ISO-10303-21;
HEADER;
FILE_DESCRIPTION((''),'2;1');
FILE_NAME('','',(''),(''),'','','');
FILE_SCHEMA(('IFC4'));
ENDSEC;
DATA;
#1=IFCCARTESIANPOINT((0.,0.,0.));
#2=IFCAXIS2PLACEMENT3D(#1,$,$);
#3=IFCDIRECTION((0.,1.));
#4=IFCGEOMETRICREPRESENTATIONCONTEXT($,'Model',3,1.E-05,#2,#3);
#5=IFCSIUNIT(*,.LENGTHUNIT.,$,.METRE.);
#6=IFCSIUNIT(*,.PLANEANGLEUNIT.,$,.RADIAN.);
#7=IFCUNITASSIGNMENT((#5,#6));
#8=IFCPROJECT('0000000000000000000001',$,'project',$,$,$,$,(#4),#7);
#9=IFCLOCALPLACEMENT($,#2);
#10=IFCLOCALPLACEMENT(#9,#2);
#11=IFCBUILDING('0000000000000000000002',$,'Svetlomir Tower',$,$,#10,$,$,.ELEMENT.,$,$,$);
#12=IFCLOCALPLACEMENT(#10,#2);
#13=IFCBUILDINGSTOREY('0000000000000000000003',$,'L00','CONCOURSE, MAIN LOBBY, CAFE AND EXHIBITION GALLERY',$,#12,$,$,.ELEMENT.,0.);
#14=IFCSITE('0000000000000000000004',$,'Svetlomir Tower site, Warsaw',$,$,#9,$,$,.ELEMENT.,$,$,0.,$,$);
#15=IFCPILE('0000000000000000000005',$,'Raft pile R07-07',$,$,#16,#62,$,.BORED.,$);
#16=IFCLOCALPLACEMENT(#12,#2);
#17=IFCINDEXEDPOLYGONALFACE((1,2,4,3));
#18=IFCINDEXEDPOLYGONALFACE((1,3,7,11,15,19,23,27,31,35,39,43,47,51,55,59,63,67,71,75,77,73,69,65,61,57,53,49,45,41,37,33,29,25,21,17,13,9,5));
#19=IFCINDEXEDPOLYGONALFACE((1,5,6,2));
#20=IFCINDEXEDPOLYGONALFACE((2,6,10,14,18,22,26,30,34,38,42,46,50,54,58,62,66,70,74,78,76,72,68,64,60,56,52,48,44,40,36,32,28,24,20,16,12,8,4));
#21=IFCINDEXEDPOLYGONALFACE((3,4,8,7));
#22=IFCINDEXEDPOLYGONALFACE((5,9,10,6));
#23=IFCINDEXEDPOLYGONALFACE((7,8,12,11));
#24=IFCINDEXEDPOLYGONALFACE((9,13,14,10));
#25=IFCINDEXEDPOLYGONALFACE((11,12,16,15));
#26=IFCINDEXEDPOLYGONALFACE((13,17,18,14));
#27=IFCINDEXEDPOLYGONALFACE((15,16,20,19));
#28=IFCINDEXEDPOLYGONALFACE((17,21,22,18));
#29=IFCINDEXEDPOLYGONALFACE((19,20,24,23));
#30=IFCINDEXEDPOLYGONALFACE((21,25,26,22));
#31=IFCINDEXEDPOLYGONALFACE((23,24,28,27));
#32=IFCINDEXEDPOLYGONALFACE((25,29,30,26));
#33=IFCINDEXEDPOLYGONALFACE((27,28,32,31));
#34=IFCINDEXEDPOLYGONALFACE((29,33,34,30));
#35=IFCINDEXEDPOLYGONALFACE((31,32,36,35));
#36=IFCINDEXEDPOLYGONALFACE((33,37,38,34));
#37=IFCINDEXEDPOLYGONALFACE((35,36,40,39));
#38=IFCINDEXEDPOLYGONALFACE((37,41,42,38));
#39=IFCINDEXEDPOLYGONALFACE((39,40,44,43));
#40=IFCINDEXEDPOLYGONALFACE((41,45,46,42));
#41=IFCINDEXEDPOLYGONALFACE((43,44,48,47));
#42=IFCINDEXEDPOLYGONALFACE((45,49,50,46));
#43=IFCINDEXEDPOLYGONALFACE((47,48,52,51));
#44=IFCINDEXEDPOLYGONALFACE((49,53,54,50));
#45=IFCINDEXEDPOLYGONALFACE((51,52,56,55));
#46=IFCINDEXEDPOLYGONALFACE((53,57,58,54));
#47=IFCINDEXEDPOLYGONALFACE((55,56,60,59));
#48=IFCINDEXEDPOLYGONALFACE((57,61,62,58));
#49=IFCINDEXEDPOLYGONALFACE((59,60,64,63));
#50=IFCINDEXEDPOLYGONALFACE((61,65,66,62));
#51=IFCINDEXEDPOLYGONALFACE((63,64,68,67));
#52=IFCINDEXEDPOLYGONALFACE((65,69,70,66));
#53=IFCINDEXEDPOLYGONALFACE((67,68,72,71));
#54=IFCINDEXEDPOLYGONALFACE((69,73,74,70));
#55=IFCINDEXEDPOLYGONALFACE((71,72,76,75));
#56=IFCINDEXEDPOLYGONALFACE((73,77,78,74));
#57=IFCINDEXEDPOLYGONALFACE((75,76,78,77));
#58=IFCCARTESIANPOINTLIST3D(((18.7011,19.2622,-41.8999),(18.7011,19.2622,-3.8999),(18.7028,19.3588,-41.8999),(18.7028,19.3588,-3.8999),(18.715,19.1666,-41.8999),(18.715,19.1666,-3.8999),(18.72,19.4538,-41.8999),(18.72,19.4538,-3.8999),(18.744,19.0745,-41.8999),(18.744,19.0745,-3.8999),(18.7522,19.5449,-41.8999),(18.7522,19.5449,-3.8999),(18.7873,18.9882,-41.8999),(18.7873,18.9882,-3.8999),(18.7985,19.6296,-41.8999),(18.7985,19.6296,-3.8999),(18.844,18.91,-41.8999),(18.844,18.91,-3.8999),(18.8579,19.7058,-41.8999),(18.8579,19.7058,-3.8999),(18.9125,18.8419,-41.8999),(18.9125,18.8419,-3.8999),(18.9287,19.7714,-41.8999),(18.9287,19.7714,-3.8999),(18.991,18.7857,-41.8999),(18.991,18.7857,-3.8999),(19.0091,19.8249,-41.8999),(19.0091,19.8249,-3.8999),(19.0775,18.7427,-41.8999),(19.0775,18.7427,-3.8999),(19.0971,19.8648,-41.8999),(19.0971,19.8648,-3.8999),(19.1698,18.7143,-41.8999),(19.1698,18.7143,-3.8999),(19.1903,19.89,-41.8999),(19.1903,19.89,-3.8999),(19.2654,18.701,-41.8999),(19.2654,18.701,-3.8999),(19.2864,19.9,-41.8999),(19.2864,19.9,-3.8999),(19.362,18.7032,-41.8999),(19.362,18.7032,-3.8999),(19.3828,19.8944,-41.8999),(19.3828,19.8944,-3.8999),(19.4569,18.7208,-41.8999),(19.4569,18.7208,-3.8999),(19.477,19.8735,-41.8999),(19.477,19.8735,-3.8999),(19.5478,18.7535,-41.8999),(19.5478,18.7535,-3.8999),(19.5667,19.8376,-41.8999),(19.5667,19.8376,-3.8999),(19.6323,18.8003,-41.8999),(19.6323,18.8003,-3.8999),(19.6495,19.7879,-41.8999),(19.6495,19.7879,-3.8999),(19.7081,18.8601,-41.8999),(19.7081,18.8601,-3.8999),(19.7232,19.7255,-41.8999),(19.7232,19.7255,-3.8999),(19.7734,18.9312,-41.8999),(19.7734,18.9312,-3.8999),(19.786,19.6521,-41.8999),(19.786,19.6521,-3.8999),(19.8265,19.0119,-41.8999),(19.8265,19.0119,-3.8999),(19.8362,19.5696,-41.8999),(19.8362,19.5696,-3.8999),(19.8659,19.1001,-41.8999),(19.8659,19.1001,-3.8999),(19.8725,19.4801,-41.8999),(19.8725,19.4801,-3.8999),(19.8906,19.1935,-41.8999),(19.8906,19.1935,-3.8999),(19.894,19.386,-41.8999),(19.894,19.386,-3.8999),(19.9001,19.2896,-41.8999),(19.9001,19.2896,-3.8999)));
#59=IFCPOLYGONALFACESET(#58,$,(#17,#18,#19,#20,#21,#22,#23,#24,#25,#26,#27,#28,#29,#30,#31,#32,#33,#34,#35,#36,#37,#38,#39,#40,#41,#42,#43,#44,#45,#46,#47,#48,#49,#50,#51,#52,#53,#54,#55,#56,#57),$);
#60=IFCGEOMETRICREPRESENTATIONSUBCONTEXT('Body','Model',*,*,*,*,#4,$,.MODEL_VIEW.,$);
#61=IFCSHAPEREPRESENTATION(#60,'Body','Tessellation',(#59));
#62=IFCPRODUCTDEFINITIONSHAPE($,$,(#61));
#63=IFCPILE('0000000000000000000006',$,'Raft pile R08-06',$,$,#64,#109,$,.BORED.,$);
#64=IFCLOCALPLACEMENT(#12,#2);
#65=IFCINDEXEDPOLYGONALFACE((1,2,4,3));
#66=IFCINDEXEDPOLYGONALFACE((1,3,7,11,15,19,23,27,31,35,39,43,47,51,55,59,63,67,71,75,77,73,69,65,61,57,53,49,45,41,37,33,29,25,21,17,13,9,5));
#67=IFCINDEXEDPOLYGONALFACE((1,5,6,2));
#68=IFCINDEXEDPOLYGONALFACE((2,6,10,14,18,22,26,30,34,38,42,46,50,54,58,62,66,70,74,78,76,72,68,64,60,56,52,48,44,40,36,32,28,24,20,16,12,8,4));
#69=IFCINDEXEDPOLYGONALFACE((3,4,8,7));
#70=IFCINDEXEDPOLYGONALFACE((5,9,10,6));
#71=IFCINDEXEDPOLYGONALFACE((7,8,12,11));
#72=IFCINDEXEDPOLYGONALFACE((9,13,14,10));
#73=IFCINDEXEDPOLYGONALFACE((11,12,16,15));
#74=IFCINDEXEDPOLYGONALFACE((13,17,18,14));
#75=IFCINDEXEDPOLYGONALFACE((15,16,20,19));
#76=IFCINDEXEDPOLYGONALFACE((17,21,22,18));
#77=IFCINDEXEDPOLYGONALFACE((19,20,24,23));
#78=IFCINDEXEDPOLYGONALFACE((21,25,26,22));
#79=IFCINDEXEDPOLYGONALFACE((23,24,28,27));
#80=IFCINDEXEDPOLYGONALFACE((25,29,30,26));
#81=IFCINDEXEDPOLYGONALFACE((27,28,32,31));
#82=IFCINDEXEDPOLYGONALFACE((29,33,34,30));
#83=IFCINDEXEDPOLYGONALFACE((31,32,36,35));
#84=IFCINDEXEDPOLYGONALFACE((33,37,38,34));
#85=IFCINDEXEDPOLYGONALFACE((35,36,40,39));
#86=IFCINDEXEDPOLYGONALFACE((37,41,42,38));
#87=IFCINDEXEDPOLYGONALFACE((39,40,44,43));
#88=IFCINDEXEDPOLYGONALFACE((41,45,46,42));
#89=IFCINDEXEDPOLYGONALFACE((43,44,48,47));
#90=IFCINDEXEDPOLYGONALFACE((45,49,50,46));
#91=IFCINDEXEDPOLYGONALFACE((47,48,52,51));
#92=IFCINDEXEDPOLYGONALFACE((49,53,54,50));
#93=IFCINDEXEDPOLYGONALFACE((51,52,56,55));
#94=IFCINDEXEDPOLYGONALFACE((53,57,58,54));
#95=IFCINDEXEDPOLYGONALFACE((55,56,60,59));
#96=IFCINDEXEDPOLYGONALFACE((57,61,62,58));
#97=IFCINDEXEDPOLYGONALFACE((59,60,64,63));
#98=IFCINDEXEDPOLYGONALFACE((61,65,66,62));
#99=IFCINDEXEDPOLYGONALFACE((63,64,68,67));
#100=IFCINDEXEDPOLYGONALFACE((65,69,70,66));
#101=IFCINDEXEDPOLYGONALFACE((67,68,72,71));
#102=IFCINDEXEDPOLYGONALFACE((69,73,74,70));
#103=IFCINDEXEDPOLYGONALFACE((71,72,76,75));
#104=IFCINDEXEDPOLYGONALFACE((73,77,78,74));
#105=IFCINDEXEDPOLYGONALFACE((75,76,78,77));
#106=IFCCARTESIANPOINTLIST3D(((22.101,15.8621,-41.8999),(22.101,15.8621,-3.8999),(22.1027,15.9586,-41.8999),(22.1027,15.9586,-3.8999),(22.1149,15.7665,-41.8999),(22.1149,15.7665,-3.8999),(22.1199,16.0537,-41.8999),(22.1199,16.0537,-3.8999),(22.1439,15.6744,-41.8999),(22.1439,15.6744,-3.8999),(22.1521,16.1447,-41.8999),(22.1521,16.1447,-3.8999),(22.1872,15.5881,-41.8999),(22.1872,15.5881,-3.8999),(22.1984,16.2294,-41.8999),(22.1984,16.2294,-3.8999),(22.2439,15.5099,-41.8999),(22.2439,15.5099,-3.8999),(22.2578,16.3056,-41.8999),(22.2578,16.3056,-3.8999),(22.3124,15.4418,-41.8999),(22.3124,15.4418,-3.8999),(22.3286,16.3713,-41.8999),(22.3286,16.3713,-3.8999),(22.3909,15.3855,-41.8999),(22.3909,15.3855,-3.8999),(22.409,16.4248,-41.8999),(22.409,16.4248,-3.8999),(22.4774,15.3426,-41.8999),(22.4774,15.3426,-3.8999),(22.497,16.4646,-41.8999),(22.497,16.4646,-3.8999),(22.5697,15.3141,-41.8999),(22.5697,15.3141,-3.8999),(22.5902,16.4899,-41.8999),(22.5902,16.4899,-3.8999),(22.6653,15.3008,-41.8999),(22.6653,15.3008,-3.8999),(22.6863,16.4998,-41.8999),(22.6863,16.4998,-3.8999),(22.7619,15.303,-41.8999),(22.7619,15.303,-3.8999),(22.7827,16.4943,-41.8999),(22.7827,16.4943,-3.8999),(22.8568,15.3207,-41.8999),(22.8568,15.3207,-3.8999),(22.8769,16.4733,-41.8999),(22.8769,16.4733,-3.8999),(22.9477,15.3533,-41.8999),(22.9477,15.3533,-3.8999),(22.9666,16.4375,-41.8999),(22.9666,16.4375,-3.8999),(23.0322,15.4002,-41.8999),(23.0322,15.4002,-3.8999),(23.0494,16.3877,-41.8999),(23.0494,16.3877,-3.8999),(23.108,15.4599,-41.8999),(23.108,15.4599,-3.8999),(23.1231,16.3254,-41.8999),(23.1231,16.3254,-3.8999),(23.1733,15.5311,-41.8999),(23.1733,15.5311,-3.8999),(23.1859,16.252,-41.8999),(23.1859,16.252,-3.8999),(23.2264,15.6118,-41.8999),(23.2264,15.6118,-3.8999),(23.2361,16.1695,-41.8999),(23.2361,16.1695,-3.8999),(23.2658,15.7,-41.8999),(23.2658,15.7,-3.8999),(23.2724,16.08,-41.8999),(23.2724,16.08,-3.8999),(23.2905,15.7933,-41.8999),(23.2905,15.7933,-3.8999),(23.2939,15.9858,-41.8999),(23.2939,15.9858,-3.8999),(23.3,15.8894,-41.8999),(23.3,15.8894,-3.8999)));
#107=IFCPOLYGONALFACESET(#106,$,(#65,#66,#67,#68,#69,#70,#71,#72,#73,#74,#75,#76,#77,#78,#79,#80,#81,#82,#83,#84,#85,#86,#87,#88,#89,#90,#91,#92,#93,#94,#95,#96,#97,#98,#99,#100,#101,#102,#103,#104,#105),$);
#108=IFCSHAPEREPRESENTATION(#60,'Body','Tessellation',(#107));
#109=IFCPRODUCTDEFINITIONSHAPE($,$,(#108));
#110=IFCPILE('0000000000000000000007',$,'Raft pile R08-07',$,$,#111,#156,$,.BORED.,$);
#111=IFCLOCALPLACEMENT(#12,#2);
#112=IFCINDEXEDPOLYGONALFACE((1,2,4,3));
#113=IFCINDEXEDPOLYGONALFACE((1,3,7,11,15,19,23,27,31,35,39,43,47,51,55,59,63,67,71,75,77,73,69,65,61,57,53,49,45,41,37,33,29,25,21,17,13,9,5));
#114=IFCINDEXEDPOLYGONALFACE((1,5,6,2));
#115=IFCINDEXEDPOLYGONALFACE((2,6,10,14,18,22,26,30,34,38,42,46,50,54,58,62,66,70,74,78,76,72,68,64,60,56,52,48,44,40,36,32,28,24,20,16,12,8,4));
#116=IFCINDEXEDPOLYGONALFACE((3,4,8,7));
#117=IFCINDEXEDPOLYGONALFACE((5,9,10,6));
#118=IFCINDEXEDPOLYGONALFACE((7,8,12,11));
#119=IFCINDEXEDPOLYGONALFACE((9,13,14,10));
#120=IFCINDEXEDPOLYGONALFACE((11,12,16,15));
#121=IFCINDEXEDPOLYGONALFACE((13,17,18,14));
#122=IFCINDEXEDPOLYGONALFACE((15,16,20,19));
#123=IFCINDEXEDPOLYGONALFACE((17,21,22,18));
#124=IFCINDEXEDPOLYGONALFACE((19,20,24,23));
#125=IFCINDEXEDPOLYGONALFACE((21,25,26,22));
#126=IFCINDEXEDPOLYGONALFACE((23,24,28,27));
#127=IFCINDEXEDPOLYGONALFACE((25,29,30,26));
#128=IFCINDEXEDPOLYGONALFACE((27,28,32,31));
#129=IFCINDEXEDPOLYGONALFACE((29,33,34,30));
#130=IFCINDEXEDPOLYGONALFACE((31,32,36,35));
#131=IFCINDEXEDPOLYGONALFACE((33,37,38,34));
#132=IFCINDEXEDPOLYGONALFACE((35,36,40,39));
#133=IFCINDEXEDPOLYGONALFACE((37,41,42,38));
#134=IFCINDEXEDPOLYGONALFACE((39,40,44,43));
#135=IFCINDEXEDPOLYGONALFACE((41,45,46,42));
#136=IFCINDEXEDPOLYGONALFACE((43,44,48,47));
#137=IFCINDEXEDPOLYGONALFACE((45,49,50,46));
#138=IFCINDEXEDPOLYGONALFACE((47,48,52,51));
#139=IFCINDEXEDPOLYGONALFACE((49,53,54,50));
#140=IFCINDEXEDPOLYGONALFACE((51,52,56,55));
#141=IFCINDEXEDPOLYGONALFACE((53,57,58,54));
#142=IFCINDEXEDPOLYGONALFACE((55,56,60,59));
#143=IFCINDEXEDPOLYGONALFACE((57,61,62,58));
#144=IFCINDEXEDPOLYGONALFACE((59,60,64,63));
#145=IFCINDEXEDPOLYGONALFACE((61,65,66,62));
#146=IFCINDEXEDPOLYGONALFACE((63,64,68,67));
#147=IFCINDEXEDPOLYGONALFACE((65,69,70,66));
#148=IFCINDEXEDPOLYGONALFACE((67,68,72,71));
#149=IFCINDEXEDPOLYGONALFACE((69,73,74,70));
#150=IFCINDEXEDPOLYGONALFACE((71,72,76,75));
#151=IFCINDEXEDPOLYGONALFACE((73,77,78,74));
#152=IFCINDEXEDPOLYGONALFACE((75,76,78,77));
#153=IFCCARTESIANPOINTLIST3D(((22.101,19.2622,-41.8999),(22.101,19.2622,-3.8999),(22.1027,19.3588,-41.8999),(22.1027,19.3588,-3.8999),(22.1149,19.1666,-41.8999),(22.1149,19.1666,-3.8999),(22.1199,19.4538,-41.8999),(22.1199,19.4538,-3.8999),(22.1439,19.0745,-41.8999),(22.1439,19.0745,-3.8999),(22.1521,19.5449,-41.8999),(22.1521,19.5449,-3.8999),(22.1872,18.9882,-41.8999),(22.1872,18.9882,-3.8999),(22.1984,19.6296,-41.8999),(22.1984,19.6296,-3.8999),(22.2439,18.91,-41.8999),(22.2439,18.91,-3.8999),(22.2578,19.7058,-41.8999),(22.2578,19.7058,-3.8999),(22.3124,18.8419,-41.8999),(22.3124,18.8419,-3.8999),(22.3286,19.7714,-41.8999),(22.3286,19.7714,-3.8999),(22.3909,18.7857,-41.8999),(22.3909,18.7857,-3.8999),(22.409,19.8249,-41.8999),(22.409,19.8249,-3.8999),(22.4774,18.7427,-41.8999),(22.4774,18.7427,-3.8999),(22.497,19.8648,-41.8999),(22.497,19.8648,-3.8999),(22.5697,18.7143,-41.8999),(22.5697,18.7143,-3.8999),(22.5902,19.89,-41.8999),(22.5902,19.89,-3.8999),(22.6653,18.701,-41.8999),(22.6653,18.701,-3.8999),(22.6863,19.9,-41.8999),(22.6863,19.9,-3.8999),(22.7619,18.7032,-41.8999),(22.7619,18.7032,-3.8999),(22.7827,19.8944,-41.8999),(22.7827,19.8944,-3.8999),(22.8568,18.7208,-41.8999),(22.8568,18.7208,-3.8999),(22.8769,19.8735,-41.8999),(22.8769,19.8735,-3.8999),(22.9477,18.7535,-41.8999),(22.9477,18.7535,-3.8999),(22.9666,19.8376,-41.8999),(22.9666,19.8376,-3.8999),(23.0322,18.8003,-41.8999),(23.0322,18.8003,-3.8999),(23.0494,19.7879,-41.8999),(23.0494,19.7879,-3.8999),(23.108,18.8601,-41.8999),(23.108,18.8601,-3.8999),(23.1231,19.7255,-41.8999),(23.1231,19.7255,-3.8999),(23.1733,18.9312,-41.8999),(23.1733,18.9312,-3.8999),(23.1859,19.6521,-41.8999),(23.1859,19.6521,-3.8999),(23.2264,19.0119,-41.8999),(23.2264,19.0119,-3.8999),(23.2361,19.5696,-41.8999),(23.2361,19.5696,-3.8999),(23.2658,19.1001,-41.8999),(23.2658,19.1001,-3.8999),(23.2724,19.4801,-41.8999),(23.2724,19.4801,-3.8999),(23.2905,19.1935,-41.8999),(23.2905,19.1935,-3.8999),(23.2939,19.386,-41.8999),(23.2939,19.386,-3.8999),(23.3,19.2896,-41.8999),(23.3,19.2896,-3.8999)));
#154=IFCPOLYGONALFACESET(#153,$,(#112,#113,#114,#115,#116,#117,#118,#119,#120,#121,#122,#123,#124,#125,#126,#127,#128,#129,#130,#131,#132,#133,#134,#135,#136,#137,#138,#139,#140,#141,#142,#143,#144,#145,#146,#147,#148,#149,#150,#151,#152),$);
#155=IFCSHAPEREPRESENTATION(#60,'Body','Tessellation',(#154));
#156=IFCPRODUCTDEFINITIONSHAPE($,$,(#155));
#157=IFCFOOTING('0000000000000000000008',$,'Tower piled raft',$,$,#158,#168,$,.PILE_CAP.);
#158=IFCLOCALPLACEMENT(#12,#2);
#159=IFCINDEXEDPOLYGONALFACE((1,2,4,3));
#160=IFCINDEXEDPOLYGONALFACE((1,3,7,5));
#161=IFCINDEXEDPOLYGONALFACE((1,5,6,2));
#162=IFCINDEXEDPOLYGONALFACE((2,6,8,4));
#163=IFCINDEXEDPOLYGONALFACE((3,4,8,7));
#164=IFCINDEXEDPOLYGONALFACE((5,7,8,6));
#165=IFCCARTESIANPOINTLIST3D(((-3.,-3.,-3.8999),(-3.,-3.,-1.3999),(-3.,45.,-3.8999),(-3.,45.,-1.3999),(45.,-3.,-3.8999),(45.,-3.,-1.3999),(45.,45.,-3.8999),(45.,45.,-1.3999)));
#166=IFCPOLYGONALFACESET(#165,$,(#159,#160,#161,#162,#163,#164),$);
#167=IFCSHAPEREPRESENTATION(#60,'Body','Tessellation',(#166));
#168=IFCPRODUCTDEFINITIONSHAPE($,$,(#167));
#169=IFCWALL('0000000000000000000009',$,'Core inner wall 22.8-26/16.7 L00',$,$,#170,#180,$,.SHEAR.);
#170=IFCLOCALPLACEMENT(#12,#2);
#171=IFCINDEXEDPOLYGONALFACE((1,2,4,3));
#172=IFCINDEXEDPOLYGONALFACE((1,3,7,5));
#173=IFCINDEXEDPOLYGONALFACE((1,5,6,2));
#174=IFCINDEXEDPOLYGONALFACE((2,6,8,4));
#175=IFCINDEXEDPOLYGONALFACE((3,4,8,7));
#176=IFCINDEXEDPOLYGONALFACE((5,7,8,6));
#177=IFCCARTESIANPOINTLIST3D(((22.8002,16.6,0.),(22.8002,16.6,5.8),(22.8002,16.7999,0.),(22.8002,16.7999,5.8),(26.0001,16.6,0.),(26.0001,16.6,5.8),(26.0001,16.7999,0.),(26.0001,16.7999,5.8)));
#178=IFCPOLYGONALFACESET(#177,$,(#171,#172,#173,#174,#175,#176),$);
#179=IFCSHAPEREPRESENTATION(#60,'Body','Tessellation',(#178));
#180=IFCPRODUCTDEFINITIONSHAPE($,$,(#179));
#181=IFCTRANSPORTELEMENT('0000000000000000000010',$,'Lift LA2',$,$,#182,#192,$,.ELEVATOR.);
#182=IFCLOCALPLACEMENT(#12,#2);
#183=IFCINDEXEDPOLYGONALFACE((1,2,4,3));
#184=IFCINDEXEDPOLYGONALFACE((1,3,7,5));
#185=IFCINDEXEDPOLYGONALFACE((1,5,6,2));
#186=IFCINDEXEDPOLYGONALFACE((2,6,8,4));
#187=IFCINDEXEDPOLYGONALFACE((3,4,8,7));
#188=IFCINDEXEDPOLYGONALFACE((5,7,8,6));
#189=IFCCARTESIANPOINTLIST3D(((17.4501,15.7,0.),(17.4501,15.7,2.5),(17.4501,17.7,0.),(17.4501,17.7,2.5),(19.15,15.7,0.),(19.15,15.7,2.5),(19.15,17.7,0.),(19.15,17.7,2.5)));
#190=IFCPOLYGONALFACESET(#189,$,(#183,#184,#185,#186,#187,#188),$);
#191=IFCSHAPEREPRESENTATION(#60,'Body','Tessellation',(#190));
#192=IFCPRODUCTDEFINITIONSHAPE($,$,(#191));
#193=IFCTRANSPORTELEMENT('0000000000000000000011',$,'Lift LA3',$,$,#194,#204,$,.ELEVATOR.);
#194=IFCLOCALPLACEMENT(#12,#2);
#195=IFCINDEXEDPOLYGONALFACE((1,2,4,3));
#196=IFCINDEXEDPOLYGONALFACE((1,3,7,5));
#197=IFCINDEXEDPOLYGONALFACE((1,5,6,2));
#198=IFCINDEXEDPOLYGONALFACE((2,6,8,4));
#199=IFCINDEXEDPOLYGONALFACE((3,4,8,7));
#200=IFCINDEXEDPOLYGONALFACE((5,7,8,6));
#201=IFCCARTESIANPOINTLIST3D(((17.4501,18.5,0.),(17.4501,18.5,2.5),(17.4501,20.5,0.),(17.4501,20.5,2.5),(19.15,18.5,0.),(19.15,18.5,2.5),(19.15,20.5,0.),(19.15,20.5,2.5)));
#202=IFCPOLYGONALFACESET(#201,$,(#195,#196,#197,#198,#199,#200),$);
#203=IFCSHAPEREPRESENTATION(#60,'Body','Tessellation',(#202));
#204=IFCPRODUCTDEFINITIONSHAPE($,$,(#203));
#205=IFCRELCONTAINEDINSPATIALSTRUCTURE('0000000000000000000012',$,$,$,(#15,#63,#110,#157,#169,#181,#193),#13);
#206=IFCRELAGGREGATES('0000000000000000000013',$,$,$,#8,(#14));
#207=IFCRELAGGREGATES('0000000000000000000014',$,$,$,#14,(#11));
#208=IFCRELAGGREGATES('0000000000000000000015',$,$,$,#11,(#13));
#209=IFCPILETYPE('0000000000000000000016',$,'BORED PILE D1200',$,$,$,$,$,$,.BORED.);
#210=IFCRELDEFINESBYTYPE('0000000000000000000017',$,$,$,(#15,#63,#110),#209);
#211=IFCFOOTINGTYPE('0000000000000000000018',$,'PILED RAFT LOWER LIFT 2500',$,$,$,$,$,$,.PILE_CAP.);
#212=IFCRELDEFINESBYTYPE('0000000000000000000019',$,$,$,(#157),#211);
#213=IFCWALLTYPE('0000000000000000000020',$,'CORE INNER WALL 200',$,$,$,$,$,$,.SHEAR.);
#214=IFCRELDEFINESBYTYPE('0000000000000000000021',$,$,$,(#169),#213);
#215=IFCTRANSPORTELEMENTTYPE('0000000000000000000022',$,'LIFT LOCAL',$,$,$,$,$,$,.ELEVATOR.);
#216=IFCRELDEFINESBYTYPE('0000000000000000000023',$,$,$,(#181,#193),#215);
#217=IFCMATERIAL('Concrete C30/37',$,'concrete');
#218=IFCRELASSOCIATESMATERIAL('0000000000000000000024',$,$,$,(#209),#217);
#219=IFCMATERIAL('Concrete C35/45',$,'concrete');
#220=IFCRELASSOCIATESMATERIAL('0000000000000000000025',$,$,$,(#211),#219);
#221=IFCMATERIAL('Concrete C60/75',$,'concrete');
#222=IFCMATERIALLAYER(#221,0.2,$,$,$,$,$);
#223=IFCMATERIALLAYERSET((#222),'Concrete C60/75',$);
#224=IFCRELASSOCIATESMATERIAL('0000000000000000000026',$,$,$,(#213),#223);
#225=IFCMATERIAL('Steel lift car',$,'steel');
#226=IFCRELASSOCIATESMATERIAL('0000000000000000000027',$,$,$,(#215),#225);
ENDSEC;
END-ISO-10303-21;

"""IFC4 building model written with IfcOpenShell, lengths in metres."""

from ifc_helpers import new_model, si_unit, direction, frame, frame_2d, origin, origin_2d, place, context, subcontext, project, spatial, rectangle, circle, extrude, material, layer, layer_set, material_profile, profile_set, type_object, element, save


model = new_model("IFC4")

# Units and contexts
model_context = context("Model", 3, precision=1e-05, world=origin(), true_north=direction((0.0, 1.0)))
body_context = subcontext(model_context, "Body", "Model", "MODEL_VIEW")
ifc_project = project(units=[si_unit("LENGTHUNIT", "METRE"), si_unit("PLANEANGLEUNIT", "RADIAN")], contexts=[model_context])

# Site, building, storey
site_placement = place(None, origin())
site = spatial("IfcSite", under=ifc_project, at=site_placement, Name="Svetlomir Tower site, Warsaw", CompositionType="ELEMENT", RefElevation=0.0)
building_placement = place(site_placement, origin())
building = spatial("IfcBuilding", under=site, at=building_placement, Name="Svetlomir Tower", CompositionType="ELEMENT")
storey_placement = place(building_placement, origin())
storey = spatial("IfcBuildingStorey", under=building, at=storey_placement, Name="L00", Description="CONCOURSE, MAIN LOBBY, CAFE AND EXHIBITION GALLERY", CompositionType="ELEMENT", Elevation=0.0)

# Piles
ifc_material_1 = material(Name="Concrete C30/37", Category="concrete")
ifc_material_profile = material_profile(ifc_material_1, circle(Radius=0.6001, at=origin_2d()), Name="D1200")
ifc_profile_set = profile_set([ifc_material_profile], Name="Concrete C30/37")
pile_type = type_object("IfcPileType", Name="BORED PILE D1200", PredefinedType="BORED", material=ifc_profile_set)
for number, where, z_axis, x_axis, name in (
    (1, (19.3, 19.3, -3.8999), (0.0, 0.0, -1.0), (1.0, 0.0, 0.0), "Raft pile R07-07"),
    (2, (22.7, 15.8999, -3.8999), (0.0, 0.0, -1.0), (1.0, 0.0, 0.0), "Raft pile R08-06"),
    (3, (22.7, 19.3, -3.8999), (0.0, 0.0, -1.0), (1.0, 0.0, 0.0), "Raft pile R08-07"),
):
    element("IfcPile", number, at=place(storey_placement, frame(where, z_axis=z_axis, x_axis=x_axis)), inside=storey, type_object=pile_type, Name=name, PredefinedType="BORED", context=body_context, shape_type="SweptSolid", body=[
        extrude(circle(Radius=0.6001, at=frame_2d((0.0, 0.0), x_axis=(0.999848, 0.017452))), origin(), (0.0, 0.0, 1.0), 38.0),
    ])

# Footing
ifc_material_2 = material(Name="Concrete C35/45", Category="concrete")
footing_type = type_object("IfcFootingType", Name="PILED RAFT LOWER LIFT 2500", PredefinedType="PILE_CAP", material=ifc_material_2)
footing_placement = place(storey_placement, frame((21.0, 21.0, -3.8999), z_axis=(0.0, 0.0, 1.0), x_axis=(1.0, 0.0, 0.0)))
element("IfcFooting", 4, at=footing_placement, inside=storey, type_object=footing_type, Name="Tower piled raft", PredefinedType="PILE_CAP", context=body_context, shape_type="SweptSolid", body=[
    extrude(rectangle(XDim=48.0, YDim=48.0, at=origin_2d()), origin(), (0.0, 0.0, 1.0), 2.5),
])

# Wall
ifc_material_3 = material(Name="Concrete C60/75", Category="concrete")
ifc_layer = layer(ifc_material_3, 0.2)
ifc_layer_set = layer_set([ifc_layer], Name="Concrete C60/75")
wall_type = type_object("IfcWallType", Name="CORE INNER WALL 200", PredefinedType="SHEAR", material=ifc_layer_set)
wall_placement = place(storey_placement, frame((22.8, 16.7, 0.0), z_axis=(0.0, 0.0, 1.0), x_axis=(1.0, 0.0, 0.0)))
element("IfcWall", 5, at=wall_placement, inside=storey, type_object=wall_type, Name="Core inner wall 22.8-26/16.7 L00", PredefinedType="SHEAR", context=body_context, shape_type="SweptSolid", body=[
    extrude(rectangle(XDim=3.2, YDim=0.2, at=frame_2d((1.6001, 0.0))), origin(), (0.0, 0.0, 1.0), 5.8),
])

# Transport elements
ifc_material_4 = material(Name="Steel lift car", Category="steel")
transport_element_type = type_object("IfcTransportElementType", Name="LIFT LOCAL", PredefinedType="ELEVATOR", material=ifc_material_4)
for number, where, z_axis, x_axis, name in (
    (6, (18.3, 16.7, 0.0), (0.0, 0.0, 1.0), (1.0, 0.0, 0.0), "Lift LA2"),
    (7, (18.3, 19.5, 0.0), (0.0, 0.0, 1.0), (1.0, 0.0, 0.0), "Lift LA3"),
):
    element("IfcTransportElement", number, at=place(storey_placement, frame(where, z_axis=z_axis, x_axis=x_axis)), inside=storey, type_object=transport_element_type, Name=name, PredefinedType="ELEVATOR", context=body_context, shape_type="SweptSolid", body=[
        extrude(rectangle(XDim=1.7, YDim=2.0, at=origin_2d()), origin(), (0.0, 0.0, 1.0), 2.5),
    ])

save(model, "model.ifc")
